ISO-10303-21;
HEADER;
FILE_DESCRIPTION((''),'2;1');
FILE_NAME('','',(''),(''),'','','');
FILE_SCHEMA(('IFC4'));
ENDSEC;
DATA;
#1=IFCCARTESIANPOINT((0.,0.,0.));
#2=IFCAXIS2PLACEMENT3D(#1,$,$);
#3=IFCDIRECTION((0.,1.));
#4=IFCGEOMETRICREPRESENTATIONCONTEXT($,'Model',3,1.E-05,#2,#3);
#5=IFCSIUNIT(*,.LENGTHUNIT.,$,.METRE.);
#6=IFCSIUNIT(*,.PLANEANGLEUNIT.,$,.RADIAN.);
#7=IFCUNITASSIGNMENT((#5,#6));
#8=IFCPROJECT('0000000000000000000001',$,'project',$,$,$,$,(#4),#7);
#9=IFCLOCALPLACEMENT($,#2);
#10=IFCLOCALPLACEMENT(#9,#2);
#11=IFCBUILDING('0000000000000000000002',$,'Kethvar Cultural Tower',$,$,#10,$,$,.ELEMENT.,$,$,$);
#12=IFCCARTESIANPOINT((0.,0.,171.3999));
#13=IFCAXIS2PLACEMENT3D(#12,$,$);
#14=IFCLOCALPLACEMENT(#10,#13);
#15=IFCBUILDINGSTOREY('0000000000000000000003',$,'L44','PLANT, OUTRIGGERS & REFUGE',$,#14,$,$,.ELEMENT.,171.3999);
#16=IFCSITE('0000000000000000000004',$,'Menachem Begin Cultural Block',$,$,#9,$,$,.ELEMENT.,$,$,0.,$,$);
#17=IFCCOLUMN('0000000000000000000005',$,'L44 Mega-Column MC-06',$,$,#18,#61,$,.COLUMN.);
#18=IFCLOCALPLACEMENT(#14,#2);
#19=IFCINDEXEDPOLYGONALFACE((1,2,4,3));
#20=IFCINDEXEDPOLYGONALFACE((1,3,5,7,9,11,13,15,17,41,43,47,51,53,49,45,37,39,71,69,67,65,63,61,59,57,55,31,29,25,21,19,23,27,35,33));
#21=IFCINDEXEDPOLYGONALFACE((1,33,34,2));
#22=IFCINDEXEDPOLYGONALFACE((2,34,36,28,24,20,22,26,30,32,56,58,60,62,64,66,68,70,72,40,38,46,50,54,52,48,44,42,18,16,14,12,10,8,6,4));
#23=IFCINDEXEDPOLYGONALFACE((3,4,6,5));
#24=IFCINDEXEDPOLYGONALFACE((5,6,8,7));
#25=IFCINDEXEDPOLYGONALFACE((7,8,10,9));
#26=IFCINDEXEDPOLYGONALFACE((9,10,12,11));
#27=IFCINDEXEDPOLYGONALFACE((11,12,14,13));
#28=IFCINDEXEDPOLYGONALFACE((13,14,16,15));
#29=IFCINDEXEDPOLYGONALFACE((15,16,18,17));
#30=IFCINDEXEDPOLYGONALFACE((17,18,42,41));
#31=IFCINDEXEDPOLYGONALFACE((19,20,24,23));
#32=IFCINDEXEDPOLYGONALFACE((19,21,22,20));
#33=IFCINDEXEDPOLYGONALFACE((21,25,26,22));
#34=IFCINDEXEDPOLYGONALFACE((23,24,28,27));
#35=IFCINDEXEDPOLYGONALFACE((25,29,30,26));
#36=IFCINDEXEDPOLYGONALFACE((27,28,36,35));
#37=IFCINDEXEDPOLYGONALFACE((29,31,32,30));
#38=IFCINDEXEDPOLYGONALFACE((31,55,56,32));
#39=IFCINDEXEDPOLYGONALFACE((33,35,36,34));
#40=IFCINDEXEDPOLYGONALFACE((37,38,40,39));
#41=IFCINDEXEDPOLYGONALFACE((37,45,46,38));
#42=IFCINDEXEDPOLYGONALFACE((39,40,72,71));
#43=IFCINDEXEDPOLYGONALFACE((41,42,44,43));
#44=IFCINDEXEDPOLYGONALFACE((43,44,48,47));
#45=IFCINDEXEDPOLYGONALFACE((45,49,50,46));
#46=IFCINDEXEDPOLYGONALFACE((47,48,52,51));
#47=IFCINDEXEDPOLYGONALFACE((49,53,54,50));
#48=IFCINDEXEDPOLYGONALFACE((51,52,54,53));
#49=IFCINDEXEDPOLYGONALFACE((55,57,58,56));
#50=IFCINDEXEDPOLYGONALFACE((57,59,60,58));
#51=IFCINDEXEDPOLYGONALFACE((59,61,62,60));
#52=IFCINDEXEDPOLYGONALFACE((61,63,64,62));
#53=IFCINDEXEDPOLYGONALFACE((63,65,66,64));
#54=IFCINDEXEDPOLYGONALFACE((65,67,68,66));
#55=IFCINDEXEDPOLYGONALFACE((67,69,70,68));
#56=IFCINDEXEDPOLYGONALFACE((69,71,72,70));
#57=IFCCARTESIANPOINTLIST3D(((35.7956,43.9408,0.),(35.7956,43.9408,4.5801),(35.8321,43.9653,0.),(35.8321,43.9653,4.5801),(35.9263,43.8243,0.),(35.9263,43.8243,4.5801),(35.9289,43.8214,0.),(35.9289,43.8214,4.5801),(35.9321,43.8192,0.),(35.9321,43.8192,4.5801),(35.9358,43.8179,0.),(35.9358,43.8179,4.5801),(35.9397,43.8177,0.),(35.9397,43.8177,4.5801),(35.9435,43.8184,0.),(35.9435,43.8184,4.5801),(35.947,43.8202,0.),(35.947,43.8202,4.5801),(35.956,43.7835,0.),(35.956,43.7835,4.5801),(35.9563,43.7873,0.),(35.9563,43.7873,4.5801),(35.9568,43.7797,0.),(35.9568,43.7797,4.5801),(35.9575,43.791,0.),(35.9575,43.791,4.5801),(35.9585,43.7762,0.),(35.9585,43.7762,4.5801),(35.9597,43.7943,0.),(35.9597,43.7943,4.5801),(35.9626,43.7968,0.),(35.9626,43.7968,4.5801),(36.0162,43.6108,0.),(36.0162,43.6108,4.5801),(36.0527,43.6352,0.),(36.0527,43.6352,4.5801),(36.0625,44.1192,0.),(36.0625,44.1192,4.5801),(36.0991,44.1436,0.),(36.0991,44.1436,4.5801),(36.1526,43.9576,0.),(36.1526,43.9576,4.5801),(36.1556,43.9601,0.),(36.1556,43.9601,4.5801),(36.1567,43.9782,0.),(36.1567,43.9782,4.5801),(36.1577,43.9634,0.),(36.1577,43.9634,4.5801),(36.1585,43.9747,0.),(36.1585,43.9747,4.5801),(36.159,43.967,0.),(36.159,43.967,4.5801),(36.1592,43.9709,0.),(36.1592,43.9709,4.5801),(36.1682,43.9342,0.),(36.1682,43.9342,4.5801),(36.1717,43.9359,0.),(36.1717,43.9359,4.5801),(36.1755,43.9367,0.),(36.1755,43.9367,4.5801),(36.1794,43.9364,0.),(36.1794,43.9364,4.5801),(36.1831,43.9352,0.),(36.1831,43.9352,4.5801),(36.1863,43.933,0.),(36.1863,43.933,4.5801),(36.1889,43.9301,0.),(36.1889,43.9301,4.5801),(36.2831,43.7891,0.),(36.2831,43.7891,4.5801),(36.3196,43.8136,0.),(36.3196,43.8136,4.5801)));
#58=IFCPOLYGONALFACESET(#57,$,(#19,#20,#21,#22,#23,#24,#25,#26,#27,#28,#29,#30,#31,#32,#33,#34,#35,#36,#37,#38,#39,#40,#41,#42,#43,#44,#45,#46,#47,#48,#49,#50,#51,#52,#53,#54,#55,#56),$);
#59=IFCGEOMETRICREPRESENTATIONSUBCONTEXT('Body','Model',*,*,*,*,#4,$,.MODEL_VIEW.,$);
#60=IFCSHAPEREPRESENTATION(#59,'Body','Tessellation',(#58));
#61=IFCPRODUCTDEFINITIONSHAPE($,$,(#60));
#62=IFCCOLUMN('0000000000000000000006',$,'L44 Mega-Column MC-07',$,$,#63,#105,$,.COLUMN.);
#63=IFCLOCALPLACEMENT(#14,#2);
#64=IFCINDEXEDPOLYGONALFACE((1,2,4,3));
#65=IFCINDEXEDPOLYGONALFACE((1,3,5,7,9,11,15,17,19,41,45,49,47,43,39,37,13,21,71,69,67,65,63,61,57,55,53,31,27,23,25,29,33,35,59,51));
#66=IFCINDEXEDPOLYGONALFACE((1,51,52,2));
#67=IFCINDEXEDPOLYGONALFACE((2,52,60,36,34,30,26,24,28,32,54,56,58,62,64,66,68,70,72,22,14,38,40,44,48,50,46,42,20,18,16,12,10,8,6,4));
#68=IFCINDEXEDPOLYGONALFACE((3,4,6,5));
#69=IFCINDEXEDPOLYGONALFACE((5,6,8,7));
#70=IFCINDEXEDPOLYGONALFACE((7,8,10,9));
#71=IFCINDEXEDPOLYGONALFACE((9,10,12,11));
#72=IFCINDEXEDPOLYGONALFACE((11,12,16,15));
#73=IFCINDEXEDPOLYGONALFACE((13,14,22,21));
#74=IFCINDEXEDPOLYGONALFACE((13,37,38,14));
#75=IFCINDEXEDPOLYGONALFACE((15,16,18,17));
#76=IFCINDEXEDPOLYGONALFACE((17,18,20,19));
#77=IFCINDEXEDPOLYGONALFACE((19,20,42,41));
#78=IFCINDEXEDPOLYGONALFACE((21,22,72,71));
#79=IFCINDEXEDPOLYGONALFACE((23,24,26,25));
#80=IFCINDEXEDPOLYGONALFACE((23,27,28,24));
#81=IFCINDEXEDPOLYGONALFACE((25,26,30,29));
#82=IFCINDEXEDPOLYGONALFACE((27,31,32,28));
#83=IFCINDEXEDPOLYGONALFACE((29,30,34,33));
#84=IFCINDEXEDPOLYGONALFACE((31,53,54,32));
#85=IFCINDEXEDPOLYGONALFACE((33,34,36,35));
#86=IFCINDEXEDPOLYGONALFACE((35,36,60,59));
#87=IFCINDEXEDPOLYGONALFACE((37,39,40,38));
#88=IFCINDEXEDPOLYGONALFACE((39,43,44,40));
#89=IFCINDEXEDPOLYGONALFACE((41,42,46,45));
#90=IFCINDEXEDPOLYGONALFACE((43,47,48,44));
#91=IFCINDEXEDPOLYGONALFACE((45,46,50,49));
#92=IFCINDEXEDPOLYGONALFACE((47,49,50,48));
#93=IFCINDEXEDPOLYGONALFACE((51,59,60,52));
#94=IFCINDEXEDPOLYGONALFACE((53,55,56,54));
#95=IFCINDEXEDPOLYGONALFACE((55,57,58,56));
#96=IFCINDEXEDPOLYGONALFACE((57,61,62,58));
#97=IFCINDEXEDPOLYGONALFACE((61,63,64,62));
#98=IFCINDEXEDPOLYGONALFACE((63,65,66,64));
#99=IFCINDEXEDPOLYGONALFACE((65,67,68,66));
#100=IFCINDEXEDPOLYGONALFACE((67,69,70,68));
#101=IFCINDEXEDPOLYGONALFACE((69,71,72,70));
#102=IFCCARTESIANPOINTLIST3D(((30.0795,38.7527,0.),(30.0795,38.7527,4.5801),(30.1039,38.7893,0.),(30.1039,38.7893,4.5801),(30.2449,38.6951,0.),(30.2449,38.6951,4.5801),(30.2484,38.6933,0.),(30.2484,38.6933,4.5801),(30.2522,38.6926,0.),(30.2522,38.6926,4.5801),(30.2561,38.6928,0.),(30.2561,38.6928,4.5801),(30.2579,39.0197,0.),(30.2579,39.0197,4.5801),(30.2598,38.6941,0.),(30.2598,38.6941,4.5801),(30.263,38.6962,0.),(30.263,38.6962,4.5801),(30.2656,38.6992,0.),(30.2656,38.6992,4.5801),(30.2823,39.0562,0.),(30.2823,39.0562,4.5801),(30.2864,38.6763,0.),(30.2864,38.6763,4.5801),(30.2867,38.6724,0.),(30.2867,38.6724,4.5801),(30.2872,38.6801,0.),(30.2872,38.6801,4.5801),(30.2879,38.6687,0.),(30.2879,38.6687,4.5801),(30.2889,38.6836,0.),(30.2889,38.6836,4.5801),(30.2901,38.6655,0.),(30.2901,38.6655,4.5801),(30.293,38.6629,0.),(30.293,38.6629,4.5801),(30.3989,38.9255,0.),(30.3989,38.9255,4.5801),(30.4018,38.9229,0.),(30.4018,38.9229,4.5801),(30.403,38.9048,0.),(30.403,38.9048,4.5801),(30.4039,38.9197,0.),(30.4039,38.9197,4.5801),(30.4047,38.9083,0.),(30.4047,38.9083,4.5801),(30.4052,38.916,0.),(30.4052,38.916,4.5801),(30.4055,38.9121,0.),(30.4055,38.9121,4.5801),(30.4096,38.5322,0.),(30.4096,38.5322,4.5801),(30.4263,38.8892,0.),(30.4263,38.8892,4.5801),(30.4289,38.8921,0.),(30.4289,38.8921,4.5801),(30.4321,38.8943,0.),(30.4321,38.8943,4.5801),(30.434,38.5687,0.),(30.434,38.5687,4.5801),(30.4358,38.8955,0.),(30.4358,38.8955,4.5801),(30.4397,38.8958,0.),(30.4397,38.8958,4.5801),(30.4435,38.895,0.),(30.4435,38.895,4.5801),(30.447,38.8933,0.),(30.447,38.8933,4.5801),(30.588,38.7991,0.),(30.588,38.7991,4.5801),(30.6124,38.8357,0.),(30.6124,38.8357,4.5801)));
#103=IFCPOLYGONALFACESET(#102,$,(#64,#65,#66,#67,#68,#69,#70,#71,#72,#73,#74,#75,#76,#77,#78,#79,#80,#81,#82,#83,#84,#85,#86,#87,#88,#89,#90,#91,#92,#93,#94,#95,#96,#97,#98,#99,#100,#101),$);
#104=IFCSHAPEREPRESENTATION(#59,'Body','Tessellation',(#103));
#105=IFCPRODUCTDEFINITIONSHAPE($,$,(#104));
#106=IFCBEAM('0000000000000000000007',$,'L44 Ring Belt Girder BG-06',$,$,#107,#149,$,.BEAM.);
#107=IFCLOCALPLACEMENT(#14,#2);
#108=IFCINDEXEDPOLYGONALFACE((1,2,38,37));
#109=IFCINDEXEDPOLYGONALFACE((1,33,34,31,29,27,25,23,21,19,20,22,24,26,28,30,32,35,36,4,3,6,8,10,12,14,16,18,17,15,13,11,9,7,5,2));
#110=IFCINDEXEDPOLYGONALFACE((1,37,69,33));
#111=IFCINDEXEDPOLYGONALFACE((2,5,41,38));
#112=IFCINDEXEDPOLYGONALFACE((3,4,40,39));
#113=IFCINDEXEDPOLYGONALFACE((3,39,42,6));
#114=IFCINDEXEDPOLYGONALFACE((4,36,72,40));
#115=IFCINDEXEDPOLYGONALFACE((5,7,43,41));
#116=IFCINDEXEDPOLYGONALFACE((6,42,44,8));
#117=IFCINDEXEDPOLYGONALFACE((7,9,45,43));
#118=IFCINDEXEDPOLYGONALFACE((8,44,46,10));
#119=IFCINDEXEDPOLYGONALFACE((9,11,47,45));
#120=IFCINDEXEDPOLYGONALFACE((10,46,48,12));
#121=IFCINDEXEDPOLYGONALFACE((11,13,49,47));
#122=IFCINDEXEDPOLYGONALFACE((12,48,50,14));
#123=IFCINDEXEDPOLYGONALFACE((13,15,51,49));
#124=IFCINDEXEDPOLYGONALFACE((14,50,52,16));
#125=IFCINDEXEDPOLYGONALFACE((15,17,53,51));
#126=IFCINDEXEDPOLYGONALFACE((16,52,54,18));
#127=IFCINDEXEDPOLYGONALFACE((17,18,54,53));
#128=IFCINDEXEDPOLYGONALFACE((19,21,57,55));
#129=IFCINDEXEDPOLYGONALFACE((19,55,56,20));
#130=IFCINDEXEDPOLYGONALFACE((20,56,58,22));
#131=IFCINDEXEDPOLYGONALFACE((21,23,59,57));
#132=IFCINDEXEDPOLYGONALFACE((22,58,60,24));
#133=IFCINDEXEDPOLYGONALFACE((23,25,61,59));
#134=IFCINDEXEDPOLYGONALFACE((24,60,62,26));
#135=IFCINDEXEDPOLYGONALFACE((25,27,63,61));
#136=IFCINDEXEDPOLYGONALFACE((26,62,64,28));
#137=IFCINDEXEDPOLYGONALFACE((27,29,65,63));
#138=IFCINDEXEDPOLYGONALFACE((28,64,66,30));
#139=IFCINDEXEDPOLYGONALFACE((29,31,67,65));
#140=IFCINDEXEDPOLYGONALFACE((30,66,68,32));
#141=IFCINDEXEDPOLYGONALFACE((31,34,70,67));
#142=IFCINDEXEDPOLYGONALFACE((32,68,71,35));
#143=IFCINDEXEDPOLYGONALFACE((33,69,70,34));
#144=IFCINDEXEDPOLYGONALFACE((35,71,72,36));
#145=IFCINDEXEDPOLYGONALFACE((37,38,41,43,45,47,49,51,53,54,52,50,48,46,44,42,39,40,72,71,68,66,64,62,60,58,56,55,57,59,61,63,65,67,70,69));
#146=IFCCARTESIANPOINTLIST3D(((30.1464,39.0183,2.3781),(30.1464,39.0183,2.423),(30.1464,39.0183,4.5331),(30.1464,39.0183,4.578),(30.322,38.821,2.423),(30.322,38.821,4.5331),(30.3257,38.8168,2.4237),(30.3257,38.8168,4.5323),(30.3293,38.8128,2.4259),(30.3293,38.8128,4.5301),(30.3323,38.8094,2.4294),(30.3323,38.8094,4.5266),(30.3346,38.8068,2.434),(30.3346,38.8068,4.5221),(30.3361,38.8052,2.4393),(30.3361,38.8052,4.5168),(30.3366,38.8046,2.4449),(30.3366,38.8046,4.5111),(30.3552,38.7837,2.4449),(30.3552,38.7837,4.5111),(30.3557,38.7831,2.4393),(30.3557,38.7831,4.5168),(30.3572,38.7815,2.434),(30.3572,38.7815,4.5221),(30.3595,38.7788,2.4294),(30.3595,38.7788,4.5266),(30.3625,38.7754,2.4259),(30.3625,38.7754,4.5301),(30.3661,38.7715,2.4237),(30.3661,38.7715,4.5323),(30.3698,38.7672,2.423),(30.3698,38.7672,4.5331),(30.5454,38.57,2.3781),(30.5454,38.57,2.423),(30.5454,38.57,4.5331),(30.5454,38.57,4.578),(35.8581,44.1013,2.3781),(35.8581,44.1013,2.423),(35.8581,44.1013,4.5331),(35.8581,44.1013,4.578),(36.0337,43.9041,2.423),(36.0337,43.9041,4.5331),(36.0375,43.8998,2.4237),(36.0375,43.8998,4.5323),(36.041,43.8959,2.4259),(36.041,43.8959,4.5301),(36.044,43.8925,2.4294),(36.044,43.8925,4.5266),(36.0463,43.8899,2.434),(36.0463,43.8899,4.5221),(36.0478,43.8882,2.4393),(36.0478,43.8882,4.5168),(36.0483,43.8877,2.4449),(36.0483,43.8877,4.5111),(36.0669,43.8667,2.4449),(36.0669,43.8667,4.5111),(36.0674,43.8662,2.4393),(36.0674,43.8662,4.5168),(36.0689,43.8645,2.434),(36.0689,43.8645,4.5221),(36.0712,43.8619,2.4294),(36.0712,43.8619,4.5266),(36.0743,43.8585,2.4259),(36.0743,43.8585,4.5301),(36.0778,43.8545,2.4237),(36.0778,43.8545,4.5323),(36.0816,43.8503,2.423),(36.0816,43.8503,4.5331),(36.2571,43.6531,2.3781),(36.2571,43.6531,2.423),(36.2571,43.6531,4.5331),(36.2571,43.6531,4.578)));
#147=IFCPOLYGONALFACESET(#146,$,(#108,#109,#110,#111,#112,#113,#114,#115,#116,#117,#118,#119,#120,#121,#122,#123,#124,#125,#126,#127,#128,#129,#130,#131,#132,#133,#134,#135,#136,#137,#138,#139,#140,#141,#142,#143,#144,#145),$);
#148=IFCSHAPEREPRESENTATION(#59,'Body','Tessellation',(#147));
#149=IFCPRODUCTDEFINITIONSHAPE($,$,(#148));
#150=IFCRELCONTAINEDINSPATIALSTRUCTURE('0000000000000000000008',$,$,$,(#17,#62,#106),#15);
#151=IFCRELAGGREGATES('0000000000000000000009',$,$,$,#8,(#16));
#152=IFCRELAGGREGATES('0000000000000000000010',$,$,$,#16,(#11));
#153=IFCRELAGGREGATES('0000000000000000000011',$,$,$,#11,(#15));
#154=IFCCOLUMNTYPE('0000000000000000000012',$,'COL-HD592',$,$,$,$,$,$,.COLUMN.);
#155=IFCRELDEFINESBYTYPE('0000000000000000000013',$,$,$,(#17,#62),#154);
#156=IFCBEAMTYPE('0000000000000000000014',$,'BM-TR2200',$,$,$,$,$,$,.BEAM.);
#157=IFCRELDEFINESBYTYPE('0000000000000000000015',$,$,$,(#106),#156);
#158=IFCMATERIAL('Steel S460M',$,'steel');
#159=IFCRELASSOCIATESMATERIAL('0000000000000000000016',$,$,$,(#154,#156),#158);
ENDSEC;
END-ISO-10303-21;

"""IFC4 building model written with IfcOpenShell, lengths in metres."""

from ifc_helpers import new_model, si_unit, direction, frame, origin, origin_2d, place, context, subcontext, project, spatial, i_section, extrude, source, transform, mapped, material, material_profile, profile_set, type_object, element, save


model = new_model("IFC4")

# Units and contexts
model_context = context("Model", 3, precision=1e-05, world=origin(), true_north=direction((0.0, 1.0)))
body_context = subcontext(model_context, "Body", "Model", "MODEL_VIEW")
ifc_project = project(units=[si_unit("LENGTHUNIT", "METRE"), si_unit("PLANEANGLEUNIT", "RADIAN")], contexts=[model_context])

# Site, building, storey
site_placement = place(None, origin())
site = spatial("IfcSite", under=ifc_project, at=site_placement, Name="Menachem Begin Cultural Block", CompositionType="ELEMENT", RefElevation=0.0)
building_placement = place(site_placement, origin())
building = spatial("IfcBuilding", under=site, at=building_placement, Name="Kethvar Cultural Tower", CompositionType="ELEMENT")
storey_placement = place(building_placement, frame((0.0, 0.0, 171.3999)))
storey = spatial("IfcBuildingStorey", under=building, at=storey_placement, Name="L44", Description="PLANT, OUTRIGGERS & REFUGE", CompositionType="ELEMENT", Elevation=171.3999)

# Columns
ifc_material_1 = material(Name="Steel S460M", Category="steel")
ifc_material_profile_1 = material_profile(ifc_material_1, i_section(OverallWidth=0.397, OverallDepth=0.365, WebThickness=0.0281, FlangeThickness=0.0439, FilletRadius=0.0149, at=origin_2d()), Name="Steel S460M — HD400x592")
ifc_profile_set_1 = profile_set([ifc_material_profile_1], Name="Steel S460M — HD400x592")
column_type = type_object("IfcColumnType", Name="COL-HD592", PredefinedType="COLUMN", material=ifc_profile_set_1)
shared_shape_1 = source(origin(), body_context, "Body", "SweptSolid", [
    extrude(i_section(OverallWidth=0.397, OverallDepth=0.365, WebThickness=0.0281, FlangeThickness=0.0439, FilletRadius=0.0149, at=origin_2d()), origin(), (0.0, 0.0, 1.0), 4.5801),
])
for number, where, z_axis, x_axis, name in (
    (1, (36.0576, 43.8772, 0.0), (0.0, 0.0, 1.0), (-0.55557, 0.83147, 0.0), "L44 Mega-Column MC-06"),
    (2, (30.3459, 38.7942, 0.0), (0.0, 0.0, 1.0), (-0.83147, 0.55557, 0.0), "L44 Mega-Column MC-07"),
):
    element("IfcColumn", number, at=place(storey_placement, frame(where, z_axis=z_axis, x_axis=x_axis)), inside=storey, type_object=column_type, Name=name, PredefinedType="COLUMN", context=body_context, shape_type="MappedRepresentation", body=[
        mapped(shared_shape_1, transform((0.0, 0.0, 0.0), scale=1.0)),
    ])

# Beam
ifc_material_profile_2 = material_profile(ifc_material_1, i_section(OverallWidth=0.6001, OverallDepth=2.2, WebThickness=0.0281, FlangeThickness=0.0449, FilletRadius=0.022, at=origin_2d()), Name="Steel S460M — PG2200x600x45x28")
ifc_profile_set_2 = profile_set([ifc_material_profile_2], Name="Steel S460M — PG2200x600x45x28")
beam_type = type_object("IfcBeamType", Name="BM-TR2200", PredefinedType="BEAM", material=ifc_profile_set_2)
shared_shape_2 = source(origin(), body_context, "Body", "SweptSolid", [
    extrude(i_section(OverallWidth=0.6001, OverallDepth=2.2, WebThickness=0.0281, FlangeThickness=0.0449, FilletRadius=0.022, at=origin_2d()), origin(), (0.0, 0.0, 1.0), 7.646),
])
beam_1_placement = place(storey_placement, frame((36.0576, 43.8772, 3.478), z_axis=(-0.747022, -0.6648, 0.0), x_axis=(0.6648, -0.747022, 0.0)))
element("IfcBeam", 3, at=beam_1_placement, inside=storey, type_object=beam_type, Name="L44 Ring Belt Girder BG-06", PredefinedType="BEAM", context=body_context, shape_type="MappedRepresentation", body=[
    mapped(shared_shape_2, transform((0.0, 0.0, 0.0), scale=1.0)),
])

save(model, "model.ifc")
